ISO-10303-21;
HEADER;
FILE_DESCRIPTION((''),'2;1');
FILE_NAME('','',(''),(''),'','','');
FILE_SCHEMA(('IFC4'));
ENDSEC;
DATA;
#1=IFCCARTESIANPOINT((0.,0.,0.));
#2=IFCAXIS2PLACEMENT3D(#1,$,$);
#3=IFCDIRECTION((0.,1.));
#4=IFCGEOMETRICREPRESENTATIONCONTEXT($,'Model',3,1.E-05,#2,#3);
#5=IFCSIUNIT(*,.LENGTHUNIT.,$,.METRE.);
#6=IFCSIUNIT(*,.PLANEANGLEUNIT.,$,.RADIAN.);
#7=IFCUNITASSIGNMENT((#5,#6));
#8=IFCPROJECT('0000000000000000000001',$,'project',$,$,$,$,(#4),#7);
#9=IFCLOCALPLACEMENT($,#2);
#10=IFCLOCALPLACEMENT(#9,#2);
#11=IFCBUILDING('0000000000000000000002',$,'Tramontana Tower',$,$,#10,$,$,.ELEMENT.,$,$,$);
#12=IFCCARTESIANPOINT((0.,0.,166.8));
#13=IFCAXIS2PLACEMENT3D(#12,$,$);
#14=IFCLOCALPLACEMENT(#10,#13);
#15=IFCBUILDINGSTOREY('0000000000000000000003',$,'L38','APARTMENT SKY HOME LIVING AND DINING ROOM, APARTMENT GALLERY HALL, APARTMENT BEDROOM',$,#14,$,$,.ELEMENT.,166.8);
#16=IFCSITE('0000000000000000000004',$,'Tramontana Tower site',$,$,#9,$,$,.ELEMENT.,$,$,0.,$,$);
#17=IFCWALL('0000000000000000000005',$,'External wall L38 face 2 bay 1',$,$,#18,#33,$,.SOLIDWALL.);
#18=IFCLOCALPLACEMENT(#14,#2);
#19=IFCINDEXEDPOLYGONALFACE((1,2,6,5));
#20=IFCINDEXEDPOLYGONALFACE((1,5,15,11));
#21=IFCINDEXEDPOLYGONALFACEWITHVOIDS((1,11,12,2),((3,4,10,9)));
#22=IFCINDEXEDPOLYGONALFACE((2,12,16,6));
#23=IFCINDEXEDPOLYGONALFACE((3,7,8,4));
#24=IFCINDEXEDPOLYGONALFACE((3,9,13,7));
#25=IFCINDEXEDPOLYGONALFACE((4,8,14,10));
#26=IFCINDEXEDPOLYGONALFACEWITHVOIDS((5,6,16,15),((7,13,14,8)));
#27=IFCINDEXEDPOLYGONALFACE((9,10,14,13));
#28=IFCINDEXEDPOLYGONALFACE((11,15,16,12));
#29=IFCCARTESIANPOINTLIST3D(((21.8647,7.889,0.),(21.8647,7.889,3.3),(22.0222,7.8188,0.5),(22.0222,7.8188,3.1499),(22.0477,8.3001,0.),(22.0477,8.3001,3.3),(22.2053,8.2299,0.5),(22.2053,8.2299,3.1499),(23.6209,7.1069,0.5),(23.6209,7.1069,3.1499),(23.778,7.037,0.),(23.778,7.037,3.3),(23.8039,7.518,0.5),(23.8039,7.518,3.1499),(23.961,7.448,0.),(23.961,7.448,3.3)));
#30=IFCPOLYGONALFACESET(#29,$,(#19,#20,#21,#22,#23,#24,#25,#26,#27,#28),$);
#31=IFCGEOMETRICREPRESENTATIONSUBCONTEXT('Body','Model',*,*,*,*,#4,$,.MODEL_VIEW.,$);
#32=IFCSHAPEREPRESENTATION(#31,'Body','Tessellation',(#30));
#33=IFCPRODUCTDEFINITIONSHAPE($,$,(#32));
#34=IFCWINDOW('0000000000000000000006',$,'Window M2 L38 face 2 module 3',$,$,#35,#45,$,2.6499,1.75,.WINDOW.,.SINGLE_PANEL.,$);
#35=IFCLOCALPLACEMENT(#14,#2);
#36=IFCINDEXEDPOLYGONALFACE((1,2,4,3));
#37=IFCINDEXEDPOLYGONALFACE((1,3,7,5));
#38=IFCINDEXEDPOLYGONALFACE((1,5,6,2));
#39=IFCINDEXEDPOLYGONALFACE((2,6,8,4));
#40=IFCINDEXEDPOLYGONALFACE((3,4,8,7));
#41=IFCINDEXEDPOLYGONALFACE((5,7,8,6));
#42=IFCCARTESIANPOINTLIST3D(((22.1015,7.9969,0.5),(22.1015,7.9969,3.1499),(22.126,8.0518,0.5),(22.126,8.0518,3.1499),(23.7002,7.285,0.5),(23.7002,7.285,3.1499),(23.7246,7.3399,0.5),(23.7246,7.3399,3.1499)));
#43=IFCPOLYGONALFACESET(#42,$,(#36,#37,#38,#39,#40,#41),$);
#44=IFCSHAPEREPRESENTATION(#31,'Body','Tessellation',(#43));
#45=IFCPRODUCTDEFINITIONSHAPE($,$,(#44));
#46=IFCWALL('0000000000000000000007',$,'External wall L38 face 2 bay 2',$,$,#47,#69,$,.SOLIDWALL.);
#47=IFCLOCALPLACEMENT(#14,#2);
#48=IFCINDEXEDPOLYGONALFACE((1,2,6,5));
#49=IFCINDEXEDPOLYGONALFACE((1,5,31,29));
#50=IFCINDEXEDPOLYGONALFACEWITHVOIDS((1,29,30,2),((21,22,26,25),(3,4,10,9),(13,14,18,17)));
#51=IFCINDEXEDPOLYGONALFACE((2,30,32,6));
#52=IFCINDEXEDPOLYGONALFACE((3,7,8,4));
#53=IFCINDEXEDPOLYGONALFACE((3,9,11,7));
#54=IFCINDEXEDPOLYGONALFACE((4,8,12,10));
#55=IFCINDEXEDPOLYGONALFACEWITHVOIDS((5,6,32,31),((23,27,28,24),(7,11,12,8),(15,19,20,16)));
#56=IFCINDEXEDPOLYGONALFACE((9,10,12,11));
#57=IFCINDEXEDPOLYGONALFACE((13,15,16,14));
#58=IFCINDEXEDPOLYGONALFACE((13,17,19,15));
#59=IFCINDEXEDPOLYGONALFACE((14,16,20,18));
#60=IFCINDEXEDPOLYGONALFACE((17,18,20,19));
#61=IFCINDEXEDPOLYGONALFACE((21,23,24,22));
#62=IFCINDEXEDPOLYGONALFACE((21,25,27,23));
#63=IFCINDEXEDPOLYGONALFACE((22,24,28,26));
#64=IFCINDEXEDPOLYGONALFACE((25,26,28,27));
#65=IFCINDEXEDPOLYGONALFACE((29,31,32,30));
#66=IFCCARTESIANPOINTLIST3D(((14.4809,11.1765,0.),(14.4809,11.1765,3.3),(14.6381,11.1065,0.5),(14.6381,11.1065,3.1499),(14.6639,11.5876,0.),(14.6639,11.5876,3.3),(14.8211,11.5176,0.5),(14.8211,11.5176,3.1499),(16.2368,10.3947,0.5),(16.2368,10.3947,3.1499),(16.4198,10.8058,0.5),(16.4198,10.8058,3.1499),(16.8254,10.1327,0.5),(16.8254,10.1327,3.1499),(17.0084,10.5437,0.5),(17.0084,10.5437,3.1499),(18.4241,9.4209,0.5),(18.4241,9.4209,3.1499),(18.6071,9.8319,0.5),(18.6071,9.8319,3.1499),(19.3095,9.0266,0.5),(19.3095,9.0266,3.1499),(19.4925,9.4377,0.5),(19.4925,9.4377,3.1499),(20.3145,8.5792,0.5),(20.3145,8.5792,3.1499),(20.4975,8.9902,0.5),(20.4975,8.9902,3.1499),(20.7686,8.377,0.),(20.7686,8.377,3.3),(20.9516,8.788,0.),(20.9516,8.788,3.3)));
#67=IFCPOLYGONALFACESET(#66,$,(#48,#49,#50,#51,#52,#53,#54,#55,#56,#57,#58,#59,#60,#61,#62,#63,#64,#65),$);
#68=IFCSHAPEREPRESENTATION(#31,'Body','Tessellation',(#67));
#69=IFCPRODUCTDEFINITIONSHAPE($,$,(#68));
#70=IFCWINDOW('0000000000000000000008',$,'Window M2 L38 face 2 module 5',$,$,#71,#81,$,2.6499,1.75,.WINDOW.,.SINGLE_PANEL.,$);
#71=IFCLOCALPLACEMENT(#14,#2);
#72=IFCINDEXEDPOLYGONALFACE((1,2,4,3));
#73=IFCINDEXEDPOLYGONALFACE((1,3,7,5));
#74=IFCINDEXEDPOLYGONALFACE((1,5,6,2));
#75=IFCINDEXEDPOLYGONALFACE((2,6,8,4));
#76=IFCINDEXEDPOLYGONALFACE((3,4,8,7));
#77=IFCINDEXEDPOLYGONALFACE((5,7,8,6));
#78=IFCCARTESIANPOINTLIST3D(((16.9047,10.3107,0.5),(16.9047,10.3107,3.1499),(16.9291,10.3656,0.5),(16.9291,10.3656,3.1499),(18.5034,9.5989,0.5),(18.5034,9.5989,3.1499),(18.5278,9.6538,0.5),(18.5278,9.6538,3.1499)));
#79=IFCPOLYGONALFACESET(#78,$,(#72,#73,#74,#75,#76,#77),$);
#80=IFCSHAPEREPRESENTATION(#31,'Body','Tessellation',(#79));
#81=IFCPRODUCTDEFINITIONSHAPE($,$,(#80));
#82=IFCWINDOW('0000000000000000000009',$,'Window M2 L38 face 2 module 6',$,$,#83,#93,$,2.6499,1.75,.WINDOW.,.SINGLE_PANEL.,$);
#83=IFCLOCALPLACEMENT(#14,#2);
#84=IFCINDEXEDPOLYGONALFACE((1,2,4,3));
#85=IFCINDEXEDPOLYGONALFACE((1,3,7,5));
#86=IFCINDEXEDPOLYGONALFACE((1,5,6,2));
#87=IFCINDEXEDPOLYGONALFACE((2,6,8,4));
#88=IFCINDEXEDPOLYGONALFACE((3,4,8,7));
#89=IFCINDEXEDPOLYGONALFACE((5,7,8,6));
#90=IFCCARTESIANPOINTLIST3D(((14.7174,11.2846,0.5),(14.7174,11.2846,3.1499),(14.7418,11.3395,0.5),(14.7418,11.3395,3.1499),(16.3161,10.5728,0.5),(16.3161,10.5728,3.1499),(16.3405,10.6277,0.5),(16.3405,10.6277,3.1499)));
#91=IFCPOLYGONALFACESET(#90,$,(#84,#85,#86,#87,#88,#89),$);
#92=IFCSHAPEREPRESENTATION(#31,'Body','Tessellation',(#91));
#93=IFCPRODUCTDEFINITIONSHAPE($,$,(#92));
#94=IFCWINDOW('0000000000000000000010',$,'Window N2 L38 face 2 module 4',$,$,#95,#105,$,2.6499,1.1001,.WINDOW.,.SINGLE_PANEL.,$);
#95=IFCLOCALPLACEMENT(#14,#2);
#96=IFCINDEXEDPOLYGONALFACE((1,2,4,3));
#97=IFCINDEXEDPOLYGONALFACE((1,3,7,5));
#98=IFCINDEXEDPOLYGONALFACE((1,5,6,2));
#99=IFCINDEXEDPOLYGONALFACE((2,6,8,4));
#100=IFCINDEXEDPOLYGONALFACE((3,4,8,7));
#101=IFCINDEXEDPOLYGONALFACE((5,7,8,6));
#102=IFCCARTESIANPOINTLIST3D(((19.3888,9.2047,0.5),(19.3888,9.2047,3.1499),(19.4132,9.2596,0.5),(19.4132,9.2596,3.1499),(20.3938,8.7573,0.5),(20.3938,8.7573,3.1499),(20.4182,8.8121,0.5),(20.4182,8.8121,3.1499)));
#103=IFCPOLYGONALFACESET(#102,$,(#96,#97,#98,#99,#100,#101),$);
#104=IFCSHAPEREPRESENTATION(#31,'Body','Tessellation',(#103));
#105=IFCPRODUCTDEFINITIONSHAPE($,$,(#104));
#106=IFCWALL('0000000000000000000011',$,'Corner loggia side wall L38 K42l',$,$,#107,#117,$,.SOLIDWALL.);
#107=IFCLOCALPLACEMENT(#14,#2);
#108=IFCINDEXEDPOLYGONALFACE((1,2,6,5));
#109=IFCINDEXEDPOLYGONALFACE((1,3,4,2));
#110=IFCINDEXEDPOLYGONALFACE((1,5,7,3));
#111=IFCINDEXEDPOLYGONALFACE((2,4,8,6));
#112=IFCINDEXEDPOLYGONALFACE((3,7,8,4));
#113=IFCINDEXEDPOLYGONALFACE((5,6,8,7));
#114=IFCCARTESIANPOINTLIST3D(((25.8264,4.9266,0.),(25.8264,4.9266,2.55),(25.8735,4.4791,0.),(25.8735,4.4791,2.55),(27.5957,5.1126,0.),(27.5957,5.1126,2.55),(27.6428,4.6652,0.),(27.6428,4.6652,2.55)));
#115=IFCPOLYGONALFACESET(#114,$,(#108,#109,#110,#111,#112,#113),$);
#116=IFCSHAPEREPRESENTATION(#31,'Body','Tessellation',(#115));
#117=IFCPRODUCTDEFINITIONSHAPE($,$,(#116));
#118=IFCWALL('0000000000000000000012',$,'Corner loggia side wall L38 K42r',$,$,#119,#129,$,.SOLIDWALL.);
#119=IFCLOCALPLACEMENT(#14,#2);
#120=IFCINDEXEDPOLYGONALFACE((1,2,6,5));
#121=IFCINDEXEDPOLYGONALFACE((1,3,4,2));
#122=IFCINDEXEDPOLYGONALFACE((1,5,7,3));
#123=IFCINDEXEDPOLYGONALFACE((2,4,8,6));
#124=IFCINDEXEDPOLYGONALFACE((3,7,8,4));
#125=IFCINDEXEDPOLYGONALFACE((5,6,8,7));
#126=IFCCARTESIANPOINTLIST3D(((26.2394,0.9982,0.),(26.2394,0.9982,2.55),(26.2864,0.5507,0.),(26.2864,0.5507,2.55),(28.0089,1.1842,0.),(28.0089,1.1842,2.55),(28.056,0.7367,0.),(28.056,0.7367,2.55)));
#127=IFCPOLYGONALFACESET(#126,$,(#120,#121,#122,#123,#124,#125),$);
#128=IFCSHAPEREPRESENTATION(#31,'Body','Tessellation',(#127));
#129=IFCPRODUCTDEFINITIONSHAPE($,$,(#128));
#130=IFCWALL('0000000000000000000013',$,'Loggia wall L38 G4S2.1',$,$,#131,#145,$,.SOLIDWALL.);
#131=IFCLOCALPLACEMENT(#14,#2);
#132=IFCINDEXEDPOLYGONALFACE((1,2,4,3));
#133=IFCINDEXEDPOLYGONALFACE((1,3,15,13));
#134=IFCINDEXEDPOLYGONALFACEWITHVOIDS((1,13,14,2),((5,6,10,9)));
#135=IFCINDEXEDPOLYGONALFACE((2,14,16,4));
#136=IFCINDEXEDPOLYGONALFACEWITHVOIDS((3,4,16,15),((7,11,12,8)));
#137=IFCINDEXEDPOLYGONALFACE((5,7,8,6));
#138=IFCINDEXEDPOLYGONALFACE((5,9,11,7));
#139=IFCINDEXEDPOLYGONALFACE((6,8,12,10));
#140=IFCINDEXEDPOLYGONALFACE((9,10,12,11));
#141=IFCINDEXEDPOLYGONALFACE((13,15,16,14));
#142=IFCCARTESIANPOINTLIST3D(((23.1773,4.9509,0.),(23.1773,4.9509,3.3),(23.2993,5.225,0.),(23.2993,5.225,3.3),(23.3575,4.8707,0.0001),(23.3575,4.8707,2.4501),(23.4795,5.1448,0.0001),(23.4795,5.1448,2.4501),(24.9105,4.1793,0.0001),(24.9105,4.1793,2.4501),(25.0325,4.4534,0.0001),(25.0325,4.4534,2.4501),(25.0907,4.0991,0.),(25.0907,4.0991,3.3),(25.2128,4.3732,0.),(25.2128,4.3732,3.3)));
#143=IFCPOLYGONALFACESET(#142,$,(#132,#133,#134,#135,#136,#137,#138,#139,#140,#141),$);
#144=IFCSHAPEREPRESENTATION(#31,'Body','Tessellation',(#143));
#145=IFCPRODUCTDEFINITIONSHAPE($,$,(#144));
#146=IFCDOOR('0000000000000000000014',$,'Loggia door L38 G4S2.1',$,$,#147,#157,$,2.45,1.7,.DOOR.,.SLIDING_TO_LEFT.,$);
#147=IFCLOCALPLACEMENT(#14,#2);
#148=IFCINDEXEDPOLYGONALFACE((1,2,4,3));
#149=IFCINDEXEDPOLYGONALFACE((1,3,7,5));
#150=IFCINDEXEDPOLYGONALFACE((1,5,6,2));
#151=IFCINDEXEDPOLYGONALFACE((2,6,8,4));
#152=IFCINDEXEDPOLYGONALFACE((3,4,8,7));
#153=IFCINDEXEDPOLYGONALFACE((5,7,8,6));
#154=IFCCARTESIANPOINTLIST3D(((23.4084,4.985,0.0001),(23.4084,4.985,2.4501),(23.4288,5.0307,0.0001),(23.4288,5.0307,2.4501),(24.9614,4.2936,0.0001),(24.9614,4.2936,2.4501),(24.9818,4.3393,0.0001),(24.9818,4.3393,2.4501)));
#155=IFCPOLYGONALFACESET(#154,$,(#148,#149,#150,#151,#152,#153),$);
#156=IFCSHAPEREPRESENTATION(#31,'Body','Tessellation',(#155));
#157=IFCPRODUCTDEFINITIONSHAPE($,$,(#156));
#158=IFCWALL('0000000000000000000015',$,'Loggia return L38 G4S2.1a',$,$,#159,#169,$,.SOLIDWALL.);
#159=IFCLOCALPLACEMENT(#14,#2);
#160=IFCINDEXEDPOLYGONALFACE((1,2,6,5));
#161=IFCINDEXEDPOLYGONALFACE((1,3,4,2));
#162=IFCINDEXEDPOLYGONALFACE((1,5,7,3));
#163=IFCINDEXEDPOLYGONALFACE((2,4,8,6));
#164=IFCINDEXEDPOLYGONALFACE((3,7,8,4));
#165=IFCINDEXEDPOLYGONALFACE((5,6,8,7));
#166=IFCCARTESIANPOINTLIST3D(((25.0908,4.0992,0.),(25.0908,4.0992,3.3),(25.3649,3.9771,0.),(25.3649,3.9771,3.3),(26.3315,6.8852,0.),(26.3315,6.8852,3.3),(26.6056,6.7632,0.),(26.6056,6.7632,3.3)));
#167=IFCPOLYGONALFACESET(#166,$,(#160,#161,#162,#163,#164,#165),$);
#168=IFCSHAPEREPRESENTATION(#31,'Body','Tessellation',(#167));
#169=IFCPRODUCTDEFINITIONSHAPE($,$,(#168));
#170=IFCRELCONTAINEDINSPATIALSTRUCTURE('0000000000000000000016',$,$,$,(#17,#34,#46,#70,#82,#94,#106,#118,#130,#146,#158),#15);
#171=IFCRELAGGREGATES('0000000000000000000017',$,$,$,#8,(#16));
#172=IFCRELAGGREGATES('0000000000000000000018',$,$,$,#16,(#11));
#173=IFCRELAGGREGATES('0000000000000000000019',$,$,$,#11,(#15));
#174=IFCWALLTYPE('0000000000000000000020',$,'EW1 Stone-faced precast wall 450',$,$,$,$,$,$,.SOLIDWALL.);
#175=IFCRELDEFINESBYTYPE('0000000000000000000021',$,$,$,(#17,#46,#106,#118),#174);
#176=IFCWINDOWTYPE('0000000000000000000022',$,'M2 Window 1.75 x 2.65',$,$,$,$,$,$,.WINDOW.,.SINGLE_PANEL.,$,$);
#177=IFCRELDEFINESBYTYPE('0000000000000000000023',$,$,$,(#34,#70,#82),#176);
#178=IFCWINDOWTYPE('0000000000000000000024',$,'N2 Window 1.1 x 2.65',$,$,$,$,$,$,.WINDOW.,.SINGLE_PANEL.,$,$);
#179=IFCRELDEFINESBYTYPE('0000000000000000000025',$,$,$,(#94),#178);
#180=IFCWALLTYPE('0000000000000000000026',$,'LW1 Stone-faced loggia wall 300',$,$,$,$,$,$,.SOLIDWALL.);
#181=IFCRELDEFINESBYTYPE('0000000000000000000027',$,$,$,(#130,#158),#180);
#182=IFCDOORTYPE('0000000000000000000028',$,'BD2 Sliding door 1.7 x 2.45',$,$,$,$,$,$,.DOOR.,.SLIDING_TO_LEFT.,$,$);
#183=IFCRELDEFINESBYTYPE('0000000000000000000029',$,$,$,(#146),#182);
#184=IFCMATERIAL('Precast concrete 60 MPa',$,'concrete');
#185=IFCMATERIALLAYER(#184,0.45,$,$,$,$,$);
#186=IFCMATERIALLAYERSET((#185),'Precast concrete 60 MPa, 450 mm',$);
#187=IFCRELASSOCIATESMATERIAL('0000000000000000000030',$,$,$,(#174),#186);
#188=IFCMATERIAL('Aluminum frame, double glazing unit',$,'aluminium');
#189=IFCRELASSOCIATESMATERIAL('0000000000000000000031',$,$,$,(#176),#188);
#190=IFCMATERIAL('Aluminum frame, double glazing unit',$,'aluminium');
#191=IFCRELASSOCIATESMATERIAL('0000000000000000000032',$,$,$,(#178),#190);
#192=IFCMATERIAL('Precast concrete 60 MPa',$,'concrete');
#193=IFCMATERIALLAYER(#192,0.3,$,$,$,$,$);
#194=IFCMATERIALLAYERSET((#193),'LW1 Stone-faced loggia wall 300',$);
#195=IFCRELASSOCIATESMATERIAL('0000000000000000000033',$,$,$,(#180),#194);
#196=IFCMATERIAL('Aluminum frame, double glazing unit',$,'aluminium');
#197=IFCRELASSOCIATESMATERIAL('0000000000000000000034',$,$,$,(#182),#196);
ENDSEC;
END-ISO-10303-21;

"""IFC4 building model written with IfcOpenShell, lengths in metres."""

from ifc_helpers import new_model, si_unit, direction, frame, frame_2d, origin, place, context, subcontext, project, spatial, rectangle, extrude, material, layer, layer_set, type_object, element, fill, save


model = new_model("IFC4")

# Units and contexts
model_context = context("Model", 3, precision=1e-05, world=origin(), true_north=direction((0.0, 1.0)))
body_context = subcontext(model_context, "Body", "Model", "MODEL_VIEW")
ifc_project = project(units=[si_unit("LENGTHUNIT", "METRE"), si_unit("PLANEANGLEUNIT", "RADIAN")], contexts=[model_context])

# Site, building, storey
site_placement = place(None, origin())
site = spatial("IfcSite", under=ifc_project, at=site_placement, Name="Tramontana Tower site", CompositionType="ELEMENT", RefElevation=0.0)
building_placement = place(site_placement, origin())
building = spatial("IfcBuilding", under=site, at=building_placement, Name="Tramontana Tower", CompositionType="ELEMENT")
storey_placement = place(building_placement, frame((0.0, 0.0, 166.8)))
storey = spatial("IfcBuildingStorey", under=building, at=storey_placement, Name="L38", Description="APARTMENT SKY HOME LIVING AND DINING ROOM, APARTMENT GALLERY HALL, APARTMENT BEDROOM", CompositionType="ELEMENT", Elevation=166.8)

# Wall, opening, window
ifc_material_1 = material(Name="Precast concrete 60 MPa", Category="concrete")
ifc_layer_1 = layer(ifc_material_1, 0.45)
ifc_layer_set_1 = layer_set([ifc_layer_1], Name="Precast concrete 60 MPa, 450 mm")
wall_type_1 = type_object("IfcWallType", Name="EW1 Stone-faced precast wall 450", PredefinedType="SOLIDWALL", material=ifc_layer_set_1)
wall_1_placement = place(storey_placement, frame((23.8696, 7.2424, 0.0), z_axis=(0.0, 0.0, 1.0), x_axis=(-0.913513, 0.406809, 0.0)))
wall_1 = element("IfcWall", 1, at=wall_1_placement, inside=storey, type_object=wall_type_1, Name="External wall L38 face 2 bay 1", PredefinedType="SOLIDWALL", context=body_context, shape_type="SweptSolid", body=[
    extrude(rectangle(XDim=2.0945, YDim=0.45, at=frame_2d((1.0474, 0.0))), origin(), (0.0, 0.0, 1.0), 3.3),
])
opening_1_placement = place(wall_1_placement, frame((0.1721, 0.0, 0.5)))
opening_1 = element("IfcOpeningElement", 2, at=opening_1_placement, cuts=wall_1, PredefinedType="OPENING", context=body_context, shape_type="SweptSolid", body=[
    extrude(rectangle(XDim=1.75, YDim=2.6499, at=frame_2d((0.875, 1.325))), frame((0.0, 0.2349, 0.0), z_axis=(0.0, -1.0, 0.0), x_axis=(1.0, 0.0, 0.0)), (0.0, 0.0, 1.0), 0.47),
])
ifc_material_2 = material(Name="Aluminum frame, double glazing unit", Category="aluminium")
window_type_1 = type_object("IfcWindowType", Name="M2 Window 1.75 x 2.65", PartitioningType="SINGLE_PANEL", PredefinedType="WINDOW", material=ifc_material_2)
window_1_placement = place(opening_1_placement, origin())
window_1 = element("IfcWindow", 3, at=window_1_placement, inside=storey, type_object=window_type_1, Name="Window M2 L38 face 2 module 3", OverallHeight=2.6499, OverallWidth=1.75, PartitioningType="SINGLE_PANEL", PredefinedType="WINDOW", context=body_context, shape_type="SweptSolid", body=[
    extrude(rectangle(XDim=1.75, YDim=2.6499, at=frame_2d((0.875, 1.325))), frame((0.0, 0.03, 0.0), z_axis=(0.0, -1.0, 0.0), x_axis=(1.0, 0.0, 0.0)), (0.0, 0.0, 1.0), 0.0601),
])
fill(opening_1, window_1)

# Wall, openings, windows
wall_2_placement = place(storey_placement, frame((20.8601, 8.5825, 0.0), z_axis=(0.0, 0.0, 1.0), x_axis=(-0.913544, 0.406741, 0.0)))
wall_2 = element("IfcWall", 4, at=wall_2_placement, inside=storey, type_object=wall_type_1, Name="External wall L38 face 2 bay 2", PredefinedType="SOLIDWALL", context=body_context, shape_type="SweptSolid", body=[
    extrude(rectangle(XDim=6.8828, YDim=0.45, at=frame_2d((3.4414, 0.0))), origin(), (0.0, 0.0, 1.0), 3.3),
])
opening_2_placement = place(wall_2_placement, frame((0.4971, 0.0, 0.5)))
opening_2 = element("IfcOpeningElement", 5, at=opening_2_placement, cuts=wall_2, PredefinedType="OPENING", context=body_context, shape_type="SweptSolid", body=[
    extrude(rectangle(XDim=1.1001, YDim=2.6499, at=frame_2d((0.55, 1.325))), frame((0.0, 0.2349, 0.0), z_axis=(0.0, -1.0, 0.0), x_axis=(1.0, 0.0, 0.0)), (0.0, 0.0, 1.0), 0.47),
])
opening_3_placement = place(wall_2_placement, frame((2.5664, 0.0, 0.5)))
opening_3 = element("IfcOpeningElement", 6, at=opening_3_placement, cuts=wall_2, PredefinedType="OPENING", context=body_context, shape_type="SweptSolid", body=[
    extrude(rectangle(XDim=1.75, YDim=2.6499, at=frame_2d((0.875, 1.325))), frame((0.0, 0.2349, 0.0), z_axis=(0.0, -1.0, 0.0), x_axis=(1.0, 0.0, 0.0)), (0.0, 0.0, 1.0), 0.47),
])
opening_4_placement = place(wall_2_placement, frame((4.9607, 0.0, 0.5)))
opening_4 = element("IfcOpeningElement", 7, at=opening_4_placement, cuts=wall_2, PredefinedType="OPENING", context=body_context, shape_type="SweptSolid", body=[
    extrude(rectangle(XDim=1.75, YDim=2.6499, at=frame_2d((0.875, 1.325))), frame((0.0, 0.2349, 0.0), z_axis=(0.0, -1.0, 0.0), x_axis=(1.0, 0.0, 0.0)), (0.0, 0.0, 1.0), 0.47),
])
window_2_placement = place(opening_3_placement, origin())
window_2 = element("IfcWindow", 8, at=window_2_placement, inside=storey, type_object=window_type_1, Name="Window M2 L38 face 2 module 5", OverallHeight=2.6499, OverallWidth=1.75, PartitioningType="SINGLE_PANEL", PredefinedType="WINDOW", context=body_context, shape_type="SweptSolid", body=[
    extrude(rectangle(XDim=1.75, YDim=2.6499, at=frame_2d((0.875, 1.325))), frame((0.0, 0.03, 0.0), z_axis=(0.0, -1.0, 0.0), x_axis=(1.0, 0.0, 0.0)), (0.0, 0.0, 1.0), 0.0601),
])
fill(opening_3, window_2)
window_3_placement = place(opening_4_placement, origin())
window_3 = element("IfcWindow", 9, at=window_3_placement, inside=storey, type_object=window_type_1, Name="Window M2 L38 face 2 module 6", OverallHeight=2.6499, OverallWidth=1.75, PartitioningType="SINGLE_PANEL", PredefinedType="WINDOW", context=body_context, shape_type="SweptSolid", body=[
    extrude(rectangle(XDim=1.75, YDim=2.6499, at=frame_2d((0.875, 1.325))), frame((0.0, 0.03, 0.0), z_axis=(0.0, -1.0, 0.0), x_axis=(1.0, 0.0, 0.0)), (0.0, 0.0, 1.0), 0.0601),
])
fill(opening_4, window_3)
ifc_material_3 = material(Name="Aluminum frame, double glazing unit", Category="aluminium")
window_type_2 = type_object("IfcWindowType", Name="N2 Window 1.1 x 2.65", PartitioningType="SINGLE_PANEL", PredefinedType="WINDOW", material=ifc_material_3)
window_4_placement = place(opening_2_placement, origin())
window_4 = element("IfcWindow", 10, at=window_4_placement, inside=storey, type_object=window_type_2, Name="Window N2 L38 face 2 module 4", OverallHeight=2.6499, OverallWidth=1.1001, PartitioningType="SINGLE_PANEL", PredefinedType="WINDOW", context=body_context, shape_type="SweptSolid", body=[
    extrude(rectangle(XDim=1.1001, YDim=2.6499, at=frame_2d((0.55, 1.325))), frame((0.0, 0.03, 0.0), z_axis=(0.0, -1.0, 0.0), x_axis=(1.0, 0.0, 0.0)), (0.0, 0.0, 1.0), 0.0601),
])
fill(opening_2, window_4)

# Walls
wall_3_placement = place(storey_placement, frame((27.6194, 4.8889, 0.0), z_axis=(0.0, 0.0, 1.0), x_axis=(-0.994517, -0.10457, 0.0)))
element("IfcWall", 11, at=wall_3_placement, inside=storey, type_object=wall_type_1, Name="Corner loggia side wall L38 K42l", PredefinedType="SOLIDWALL", context=body_context, shape_type="SweptSolid", body=[
    extrude(rectangle(XDim=1.7791, YDim=0.45, at=frame_2d((0.8896, 0.0))), origin(), (0.0, 0.0, 1.0), 2.55),
])
wall_4_placement = place(storey_placement, frame((28.0325, 0.9604, 0.0), z_axis=(0.0, 0.0, 1.0), x_axis=(-0.994519, -0.104556, 0.0)))
element("IfcWall", 12, at=wall_4_placement, inside=storey, type_object=wall_type_1, Name="Corner loggia side wall L38 K42r", PredefinedType="SOLIDWALL", context=body_context, shape_type="SweptSolid", body=[
    extrude(rectangle(XDim=1.7793, YDim=0.45, at=frame_2d((0.8896, 0.0))), origin(), (0.0, 0.0, 1.0), 2.55),
])

# Wall, opening, door
ifc_material_4 = material(Name="Precast concrete 60 MPa", Category="concrete")
ifc_layer_2 = layer(ifc_material_4, 0.3)
ifc_layer_set_2 = layer_set([ifc_layer_2], Name="LW1 Stone-faced loggia wall 300")
wall_type_2 = type_object("IfcWallType", Name="LW1 Stone-faced loggia wall 300", PredefinedType="SOLIDWALL", material=ifc_layer_set_2)
wall_5_placement = place(storey_placement, frame((25.1519, 4.2361, 0.0), z_axis=(0.0, 0.0, 1.0), x_axis=(-0.913557, 0.406712, 0.0)))
wall_5 = element("IfcWall", 13, at=wall_5_placement, inside=storey, type_object=wall_type_2, Name="Loggia wall L38 G4S2.1", PredefinedType="SOLIDWALL", context=body_context, shape_type="SweptSolid", body=[
    extrude(rectangle(XDim=2.0945, YDim=0.3, at=frame_2d((1.0474, 0.0))), origin(), (0.0, 0.0, 1.0), 3.3),
])
opening_5_placement = place(wall_5_placement, frame((0.1973, 0.0, 0.0)))
opening_5 = element("IfcOpeningElement", 14, at=opening_5_placement, cuts=wall_5, PredefinedType="OPENING", context=body_context, shape_type="SweptSolid", body=[
    extrude(rectangle(XDim=1.7, YDim=2.45, at=frame_2d((0.8501, 1.2251))), frame((0.0, 0.1599, 0.0), z_axis=(0.0, -1.0, 0.0), x_axis=(1.0, 0.0, 0.0)), (0.0, 0.0, 1.0), 0.3201),
])
ifc_material_5 = material(Name="Aluminum frame, double glazing unit", Category="aluminium")
door_type_1 = type_object("IfcDoorType", Name="BD2 Sliding door 1.7 x 2.45", OperationType="SLIDING_TO_LEFT", PredefinedType="DOOR", material=ifc_material_5)
door_1_placement = place(opening_5_placement, origin())
door_1 = element("IfcDoor", 15, at=door_1_placement, inside=storey, type_object=door_type_1, Name="Loggia door L38 G4S2.1", OperationType="SLIDING_TO_LEFT", OverallHeight=2.45, OverallWidth=1.7, PredefinedType="DOOR", context=body_context, shape_type="SweptSolid", body=[
    extrude(rectangle(XDim=1.7, YDim=2.45, at=frame_2d((0.8501, 1.2251))), frame((0.0, 0.0249, 0.0), z_axis=(0.0, -1.0, 0.0), x_axis=(1.0, 0.0, 0.0)), (0.0, 0.0, 1.0), 0.05),
])
fill(opening_5, door_1)

# Wall
for number, where, z_axis, x_axis, name in (
    (16, (26.4685, 6.8242, 0.0), (0.0, 0.0, 1.0), (-0.406807, -0.913514, 0.0), "Loggia return L38 G4S2.1a"),
):
    element("IfcWall", number, at=place(storey_placement, frame(where, z_axis=z_axis, x_axis=x_axis)), inside=storey, type_object=wall_type_2, Name=name, PredefinedType="SOLIDWALL", context=body_context, shape_type="SweptSolid", body=[
        extrude(rectangle(XDim=3.0498, YDim=0.3, at=frame_2d((1.5249, 0.0))), origin(), (0.0, 0.0, 1.0), 3.3),
    ])

save(model, "model.ifc")
